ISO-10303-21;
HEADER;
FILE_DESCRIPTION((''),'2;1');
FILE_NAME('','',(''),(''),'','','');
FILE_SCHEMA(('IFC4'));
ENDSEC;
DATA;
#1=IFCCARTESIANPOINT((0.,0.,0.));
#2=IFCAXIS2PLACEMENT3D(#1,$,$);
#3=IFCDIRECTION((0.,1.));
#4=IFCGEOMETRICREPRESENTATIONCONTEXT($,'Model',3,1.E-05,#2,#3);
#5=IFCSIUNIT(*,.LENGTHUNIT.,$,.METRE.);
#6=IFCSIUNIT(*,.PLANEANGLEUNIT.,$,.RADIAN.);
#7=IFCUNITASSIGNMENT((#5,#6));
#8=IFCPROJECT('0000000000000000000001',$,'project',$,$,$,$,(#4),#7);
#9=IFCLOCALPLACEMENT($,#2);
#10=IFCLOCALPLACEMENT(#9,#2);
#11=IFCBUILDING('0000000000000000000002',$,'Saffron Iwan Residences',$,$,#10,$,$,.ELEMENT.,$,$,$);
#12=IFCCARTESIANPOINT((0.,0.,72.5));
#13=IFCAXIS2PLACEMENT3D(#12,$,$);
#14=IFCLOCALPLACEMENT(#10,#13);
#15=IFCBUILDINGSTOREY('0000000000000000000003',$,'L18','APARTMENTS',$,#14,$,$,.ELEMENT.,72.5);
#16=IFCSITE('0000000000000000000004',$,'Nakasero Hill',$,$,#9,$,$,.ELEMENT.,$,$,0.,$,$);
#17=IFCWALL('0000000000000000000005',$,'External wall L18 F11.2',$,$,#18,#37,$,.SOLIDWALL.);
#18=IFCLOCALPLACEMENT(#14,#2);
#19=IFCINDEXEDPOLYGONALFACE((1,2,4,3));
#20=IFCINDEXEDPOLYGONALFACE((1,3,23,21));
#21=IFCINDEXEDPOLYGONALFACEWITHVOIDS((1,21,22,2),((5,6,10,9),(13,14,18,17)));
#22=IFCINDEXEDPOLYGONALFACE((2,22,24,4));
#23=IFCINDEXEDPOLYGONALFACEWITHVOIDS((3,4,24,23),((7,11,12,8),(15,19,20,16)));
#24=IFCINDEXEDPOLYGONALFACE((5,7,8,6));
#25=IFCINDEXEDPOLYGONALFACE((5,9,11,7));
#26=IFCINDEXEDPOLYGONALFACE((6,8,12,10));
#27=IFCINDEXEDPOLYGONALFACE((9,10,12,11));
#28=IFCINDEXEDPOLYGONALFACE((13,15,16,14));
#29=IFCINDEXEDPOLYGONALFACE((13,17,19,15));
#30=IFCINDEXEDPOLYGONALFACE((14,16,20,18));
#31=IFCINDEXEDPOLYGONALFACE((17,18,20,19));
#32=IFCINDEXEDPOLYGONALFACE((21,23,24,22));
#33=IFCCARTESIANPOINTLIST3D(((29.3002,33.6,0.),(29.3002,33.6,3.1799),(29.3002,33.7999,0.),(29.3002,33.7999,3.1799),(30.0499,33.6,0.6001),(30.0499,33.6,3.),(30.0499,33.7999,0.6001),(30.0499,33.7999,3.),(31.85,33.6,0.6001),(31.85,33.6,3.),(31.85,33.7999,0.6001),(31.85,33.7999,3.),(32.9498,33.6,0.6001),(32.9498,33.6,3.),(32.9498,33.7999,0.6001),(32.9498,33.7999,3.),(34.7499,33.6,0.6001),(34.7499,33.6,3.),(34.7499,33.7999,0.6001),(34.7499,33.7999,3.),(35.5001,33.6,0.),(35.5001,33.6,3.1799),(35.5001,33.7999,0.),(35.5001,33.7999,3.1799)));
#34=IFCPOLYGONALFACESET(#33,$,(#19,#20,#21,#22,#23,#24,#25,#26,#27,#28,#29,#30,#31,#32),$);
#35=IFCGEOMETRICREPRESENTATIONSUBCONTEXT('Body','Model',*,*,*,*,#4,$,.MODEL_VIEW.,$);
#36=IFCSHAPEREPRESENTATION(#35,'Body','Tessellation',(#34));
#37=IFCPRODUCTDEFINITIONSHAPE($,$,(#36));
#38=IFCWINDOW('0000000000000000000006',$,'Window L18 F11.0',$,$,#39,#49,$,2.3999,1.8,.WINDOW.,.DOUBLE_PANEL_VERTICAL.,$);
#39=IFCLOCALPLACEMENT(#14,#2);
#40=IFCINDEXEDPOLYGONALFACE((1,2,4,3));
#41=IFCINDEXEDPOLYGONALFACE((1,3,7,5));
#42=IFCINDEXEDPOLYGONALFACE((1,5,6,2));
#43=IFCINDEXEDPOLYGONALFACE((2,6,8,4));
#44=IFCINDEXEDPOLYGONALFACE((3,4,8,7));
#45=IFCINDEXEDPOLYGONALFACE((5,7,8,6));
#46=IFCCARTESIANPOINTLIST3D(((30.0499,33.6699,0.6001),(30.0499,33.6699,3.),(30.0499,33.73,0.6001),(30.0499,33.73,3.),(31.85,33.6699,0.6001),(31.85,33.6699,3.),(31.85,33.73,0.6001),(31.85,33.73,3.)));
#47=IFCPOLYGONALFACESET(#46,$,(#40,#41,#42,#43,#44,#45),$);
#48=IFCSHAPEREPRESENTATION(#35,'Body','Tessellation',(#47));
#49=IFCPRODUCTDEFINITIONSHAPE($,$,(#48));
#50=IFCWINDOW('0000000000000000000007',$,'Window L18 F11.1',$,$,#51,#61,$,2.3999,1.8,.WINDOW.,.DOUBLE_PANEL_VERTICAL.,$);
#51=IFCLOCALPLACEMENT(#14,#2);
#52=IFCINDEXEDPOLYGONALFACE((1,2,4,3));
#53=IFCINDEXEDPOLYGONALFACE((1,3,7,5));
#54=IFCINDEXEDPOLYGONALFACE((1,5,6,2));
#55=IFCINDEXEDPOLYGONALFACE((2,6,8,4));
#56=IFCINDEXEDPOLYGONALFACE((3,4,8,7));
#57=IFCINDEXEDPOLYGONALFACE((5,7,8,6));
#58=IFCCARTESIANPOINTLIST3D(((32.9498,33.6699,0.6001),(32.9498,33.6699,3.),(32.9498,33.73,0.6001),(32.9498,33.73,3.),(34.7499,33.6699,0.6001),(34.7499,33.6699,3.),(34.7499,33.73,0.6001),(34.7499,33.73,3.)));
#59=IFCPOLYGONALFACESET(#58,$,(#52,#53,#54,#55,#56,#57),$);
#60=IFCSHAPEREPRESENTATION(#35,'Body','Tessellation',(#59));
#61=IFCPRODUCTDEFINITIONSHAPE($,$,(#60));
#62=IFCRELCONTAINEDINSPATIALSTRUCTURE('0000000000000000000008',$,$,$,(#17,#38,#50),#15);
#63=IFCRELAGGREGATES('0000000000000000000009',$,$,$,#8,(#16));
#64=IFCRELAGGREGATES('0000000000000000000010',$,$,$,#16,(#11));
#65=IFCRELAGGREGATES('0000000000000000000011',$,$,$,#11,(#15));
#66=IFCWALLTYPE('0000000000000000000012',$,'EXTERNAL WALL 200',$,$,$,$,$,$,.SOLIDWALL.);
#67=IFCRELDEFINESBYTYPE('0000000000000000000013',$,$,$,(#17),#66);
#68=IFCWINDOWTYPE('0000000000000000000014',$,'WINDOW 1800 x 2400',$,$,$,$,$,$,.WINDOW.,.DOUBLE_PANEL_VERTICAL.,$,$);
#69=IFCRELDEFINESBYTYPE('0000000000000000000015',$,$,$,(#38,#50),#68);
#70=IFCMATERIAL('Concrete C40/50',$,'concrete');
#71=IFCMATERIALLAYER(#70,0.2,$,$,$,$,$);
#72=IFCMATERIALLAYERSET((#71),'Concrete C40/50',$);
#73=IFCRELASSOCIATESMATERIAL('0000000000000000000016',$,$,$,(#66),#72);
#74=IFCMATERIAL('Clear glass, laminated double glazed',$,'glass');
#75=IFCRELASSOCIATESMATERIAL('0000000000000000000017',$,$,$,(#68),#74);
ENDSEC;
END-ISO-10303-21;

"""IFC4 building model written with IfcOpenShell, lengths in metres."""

from ifc_helpers import new_model, si_unit, direction, frame, frame_2d, origin, place, context, subcontext, project, spatial, rectangle, extrude, material, layer, layer_set, type_object, element, fill, save


model = new_model("IFC4")

# Units and contexts
model_context = context("Model", 3, precision=1e-05, world=origin(), true_north=direction((0.0, 1.0)))
body_context = subcontext(model_context, "Body", "Model", "MODEL_VIEW")
ifc_project = project(units=[si_unit("LENGTHUNIT", "METRE"), si_unit("PLANEANGLEUNIT", "RADIAN")], contexts=[model_context])

# Site, building, storey
site_placement = place(None, origin())
site = spatial("IfcSite", under=ifc_project, at=site_placement, Name="Nakasero Hill", CompositionType="ELEMENT", RefElevation=0.0)
building_placement = place(site_placement, origin())
building = spatial("IfcBuilding", under=site, at=building_placement, Name="Saffron Iwan Residences", CompositionType="ELEMENT")
storey_placement = place(building_placement, frame((0.0, 0.0, 72.5)))
storey = spatial("IfcBuildingStorey", under=building, at=storey_placement, Name="L18", Description="APARTMENTS", CompositionType="ELEMENT", Elevation=72.5)

# Shared definitions
ifc_material_1 = material(Name="Concrete C40/50", Category="concrete")
ifc_layer_1 = layer(ifc_material_1, 0.2)
ifc_layer_set_1 = layer_set([ifc_layer_1], Name="Concrete C40/50")
wall_type_1 = type_object("IfcWallType", Name="EXTERNAL WALL 200", PredefinedType="SOLIDWALL", material=ifc_layer_set_1)
ifc_material_2 = material(Name="Clear glass, laminated double glazed", Category="glass")
window_type_1 = type_object("IfcWindowType", Name="WINDOW 1800 x 2400", PartitioningType="DOUBLE_PANEL_VERTICAL", PredefinedType="WINDOW", material=ifc_material_2)

# Wall, openings, windows
wall_1_placement = place(storey_placement, frame((29.3, 33.7, 0.0), z_axis=(0.0, 0.0, 1.0), x_axis=(1.0, 0.0, 0.0)))
wall_1 = element("IfcWall", 1, at=wall_1_placement, inside=storey, type_object=wall_type_1, Name="External wall L18 F11.2", PredefinedType="SOLIDWALL", context=body_context, shape_type="SweptSolid", body=[
    extrude(rectangle(XDim=6.2, YDim=0.2, at=frame_2d((3.1001, 0.0))), origin(), (0.0, 0.0, 1.0), 3.1799),
])
opening_1_placement = place(wall_1_placement, frame((0.75, 0.0, 0.6001)))
opening_1 = element("IfcOpeningElement", 2, at=opening_1_placement, cuts=wall_1, PredefinedType="OPENING", context=body_context, shape_type="SweptSolid", body=[
    extrude(rectangle(XDim=1.8, YDim=2.3999, at=frame_2d((0.8999, 1.2))), frame((0.0, 0.1099, 0.0), z_axis=(0.0, -1.0, 0.0), x_axis=(1.0, 0.0, 0.0)), (0.0, 0.0, 1.0), 0.22),
])
opening_2_placement = place(wall_1_placement, frame((3.6499, 0.0, 0.6001)))
opening_2 = element("IfcOpeningElement", 3, at=opening_2_placement, cuts=wall_1, PredefinedType="OPENING", context=body_context, shape_type="SweptSolid", body=[
    extrude(rectangle(XDim=1.8, YDim=2.3999, at=frame_2d((0.8999, 1.2))), frame((0.0, 0.1099, 0.0), z_axis=(0.0, -1.0, 0.0), x_axis=(1.0, 0.0, 0.0)), (0.0, 0.0, 1.0), 0.22),
])
window_1_placement = place(opening_1_placement, origin())
window_1 = element("IfcWindow", 4, at=window_1_placement, inside=storey, type_object=window_type_1, Name="Window L18 F11.0", OverallHeight=2.3999, OverallWidth=1.8, PartitioningType="DOUBLE_PANEL_VERTICAL", PredefinedType="WINDOW", context=body_context, shape_type="SweptSolid", body=[
    extrude(rectangle(XDim=1.8, YDim=2.3999, at=frame_2d((0.8999, 1.2))), frame((0.0, 0.03, 0.0), z_axis=(0.0, -1.0, 0.0), x_axis=(1.0, 0.0, 0.0)), (0.0, 0.0, 1.0), 0.0601),
])
fill(opening_1, window_1)
window_2_placement = place(opening_2_placement, origin())
window_2 = element("IfcWindow", 5, at=window_2_placement, inside=storey, type_object=window_type_1, Name="Window L18 F11.1", OverallHeight=2.3999, OverallWidth=1.8, PartitioningType="DOUBLE_PANEL_VERTICAL", PredefinedType="WINDOW", context=body_context, shape_type="SweptSolid", body=[
    extrude(rectangle(XDim=1.8, YDim=2.3999, at=frame_2d((0.8999, 1.2))), frame((0.0, 0.03, 0.0), z_axis=(0.0, -1.0, 0.0), x_axis=(1.0, 0.0, 0.0)), (0.0, 0.0, 1.0), 0.0601),
])
fill(opening_2, window_2)

save(model, "model.ifc")
